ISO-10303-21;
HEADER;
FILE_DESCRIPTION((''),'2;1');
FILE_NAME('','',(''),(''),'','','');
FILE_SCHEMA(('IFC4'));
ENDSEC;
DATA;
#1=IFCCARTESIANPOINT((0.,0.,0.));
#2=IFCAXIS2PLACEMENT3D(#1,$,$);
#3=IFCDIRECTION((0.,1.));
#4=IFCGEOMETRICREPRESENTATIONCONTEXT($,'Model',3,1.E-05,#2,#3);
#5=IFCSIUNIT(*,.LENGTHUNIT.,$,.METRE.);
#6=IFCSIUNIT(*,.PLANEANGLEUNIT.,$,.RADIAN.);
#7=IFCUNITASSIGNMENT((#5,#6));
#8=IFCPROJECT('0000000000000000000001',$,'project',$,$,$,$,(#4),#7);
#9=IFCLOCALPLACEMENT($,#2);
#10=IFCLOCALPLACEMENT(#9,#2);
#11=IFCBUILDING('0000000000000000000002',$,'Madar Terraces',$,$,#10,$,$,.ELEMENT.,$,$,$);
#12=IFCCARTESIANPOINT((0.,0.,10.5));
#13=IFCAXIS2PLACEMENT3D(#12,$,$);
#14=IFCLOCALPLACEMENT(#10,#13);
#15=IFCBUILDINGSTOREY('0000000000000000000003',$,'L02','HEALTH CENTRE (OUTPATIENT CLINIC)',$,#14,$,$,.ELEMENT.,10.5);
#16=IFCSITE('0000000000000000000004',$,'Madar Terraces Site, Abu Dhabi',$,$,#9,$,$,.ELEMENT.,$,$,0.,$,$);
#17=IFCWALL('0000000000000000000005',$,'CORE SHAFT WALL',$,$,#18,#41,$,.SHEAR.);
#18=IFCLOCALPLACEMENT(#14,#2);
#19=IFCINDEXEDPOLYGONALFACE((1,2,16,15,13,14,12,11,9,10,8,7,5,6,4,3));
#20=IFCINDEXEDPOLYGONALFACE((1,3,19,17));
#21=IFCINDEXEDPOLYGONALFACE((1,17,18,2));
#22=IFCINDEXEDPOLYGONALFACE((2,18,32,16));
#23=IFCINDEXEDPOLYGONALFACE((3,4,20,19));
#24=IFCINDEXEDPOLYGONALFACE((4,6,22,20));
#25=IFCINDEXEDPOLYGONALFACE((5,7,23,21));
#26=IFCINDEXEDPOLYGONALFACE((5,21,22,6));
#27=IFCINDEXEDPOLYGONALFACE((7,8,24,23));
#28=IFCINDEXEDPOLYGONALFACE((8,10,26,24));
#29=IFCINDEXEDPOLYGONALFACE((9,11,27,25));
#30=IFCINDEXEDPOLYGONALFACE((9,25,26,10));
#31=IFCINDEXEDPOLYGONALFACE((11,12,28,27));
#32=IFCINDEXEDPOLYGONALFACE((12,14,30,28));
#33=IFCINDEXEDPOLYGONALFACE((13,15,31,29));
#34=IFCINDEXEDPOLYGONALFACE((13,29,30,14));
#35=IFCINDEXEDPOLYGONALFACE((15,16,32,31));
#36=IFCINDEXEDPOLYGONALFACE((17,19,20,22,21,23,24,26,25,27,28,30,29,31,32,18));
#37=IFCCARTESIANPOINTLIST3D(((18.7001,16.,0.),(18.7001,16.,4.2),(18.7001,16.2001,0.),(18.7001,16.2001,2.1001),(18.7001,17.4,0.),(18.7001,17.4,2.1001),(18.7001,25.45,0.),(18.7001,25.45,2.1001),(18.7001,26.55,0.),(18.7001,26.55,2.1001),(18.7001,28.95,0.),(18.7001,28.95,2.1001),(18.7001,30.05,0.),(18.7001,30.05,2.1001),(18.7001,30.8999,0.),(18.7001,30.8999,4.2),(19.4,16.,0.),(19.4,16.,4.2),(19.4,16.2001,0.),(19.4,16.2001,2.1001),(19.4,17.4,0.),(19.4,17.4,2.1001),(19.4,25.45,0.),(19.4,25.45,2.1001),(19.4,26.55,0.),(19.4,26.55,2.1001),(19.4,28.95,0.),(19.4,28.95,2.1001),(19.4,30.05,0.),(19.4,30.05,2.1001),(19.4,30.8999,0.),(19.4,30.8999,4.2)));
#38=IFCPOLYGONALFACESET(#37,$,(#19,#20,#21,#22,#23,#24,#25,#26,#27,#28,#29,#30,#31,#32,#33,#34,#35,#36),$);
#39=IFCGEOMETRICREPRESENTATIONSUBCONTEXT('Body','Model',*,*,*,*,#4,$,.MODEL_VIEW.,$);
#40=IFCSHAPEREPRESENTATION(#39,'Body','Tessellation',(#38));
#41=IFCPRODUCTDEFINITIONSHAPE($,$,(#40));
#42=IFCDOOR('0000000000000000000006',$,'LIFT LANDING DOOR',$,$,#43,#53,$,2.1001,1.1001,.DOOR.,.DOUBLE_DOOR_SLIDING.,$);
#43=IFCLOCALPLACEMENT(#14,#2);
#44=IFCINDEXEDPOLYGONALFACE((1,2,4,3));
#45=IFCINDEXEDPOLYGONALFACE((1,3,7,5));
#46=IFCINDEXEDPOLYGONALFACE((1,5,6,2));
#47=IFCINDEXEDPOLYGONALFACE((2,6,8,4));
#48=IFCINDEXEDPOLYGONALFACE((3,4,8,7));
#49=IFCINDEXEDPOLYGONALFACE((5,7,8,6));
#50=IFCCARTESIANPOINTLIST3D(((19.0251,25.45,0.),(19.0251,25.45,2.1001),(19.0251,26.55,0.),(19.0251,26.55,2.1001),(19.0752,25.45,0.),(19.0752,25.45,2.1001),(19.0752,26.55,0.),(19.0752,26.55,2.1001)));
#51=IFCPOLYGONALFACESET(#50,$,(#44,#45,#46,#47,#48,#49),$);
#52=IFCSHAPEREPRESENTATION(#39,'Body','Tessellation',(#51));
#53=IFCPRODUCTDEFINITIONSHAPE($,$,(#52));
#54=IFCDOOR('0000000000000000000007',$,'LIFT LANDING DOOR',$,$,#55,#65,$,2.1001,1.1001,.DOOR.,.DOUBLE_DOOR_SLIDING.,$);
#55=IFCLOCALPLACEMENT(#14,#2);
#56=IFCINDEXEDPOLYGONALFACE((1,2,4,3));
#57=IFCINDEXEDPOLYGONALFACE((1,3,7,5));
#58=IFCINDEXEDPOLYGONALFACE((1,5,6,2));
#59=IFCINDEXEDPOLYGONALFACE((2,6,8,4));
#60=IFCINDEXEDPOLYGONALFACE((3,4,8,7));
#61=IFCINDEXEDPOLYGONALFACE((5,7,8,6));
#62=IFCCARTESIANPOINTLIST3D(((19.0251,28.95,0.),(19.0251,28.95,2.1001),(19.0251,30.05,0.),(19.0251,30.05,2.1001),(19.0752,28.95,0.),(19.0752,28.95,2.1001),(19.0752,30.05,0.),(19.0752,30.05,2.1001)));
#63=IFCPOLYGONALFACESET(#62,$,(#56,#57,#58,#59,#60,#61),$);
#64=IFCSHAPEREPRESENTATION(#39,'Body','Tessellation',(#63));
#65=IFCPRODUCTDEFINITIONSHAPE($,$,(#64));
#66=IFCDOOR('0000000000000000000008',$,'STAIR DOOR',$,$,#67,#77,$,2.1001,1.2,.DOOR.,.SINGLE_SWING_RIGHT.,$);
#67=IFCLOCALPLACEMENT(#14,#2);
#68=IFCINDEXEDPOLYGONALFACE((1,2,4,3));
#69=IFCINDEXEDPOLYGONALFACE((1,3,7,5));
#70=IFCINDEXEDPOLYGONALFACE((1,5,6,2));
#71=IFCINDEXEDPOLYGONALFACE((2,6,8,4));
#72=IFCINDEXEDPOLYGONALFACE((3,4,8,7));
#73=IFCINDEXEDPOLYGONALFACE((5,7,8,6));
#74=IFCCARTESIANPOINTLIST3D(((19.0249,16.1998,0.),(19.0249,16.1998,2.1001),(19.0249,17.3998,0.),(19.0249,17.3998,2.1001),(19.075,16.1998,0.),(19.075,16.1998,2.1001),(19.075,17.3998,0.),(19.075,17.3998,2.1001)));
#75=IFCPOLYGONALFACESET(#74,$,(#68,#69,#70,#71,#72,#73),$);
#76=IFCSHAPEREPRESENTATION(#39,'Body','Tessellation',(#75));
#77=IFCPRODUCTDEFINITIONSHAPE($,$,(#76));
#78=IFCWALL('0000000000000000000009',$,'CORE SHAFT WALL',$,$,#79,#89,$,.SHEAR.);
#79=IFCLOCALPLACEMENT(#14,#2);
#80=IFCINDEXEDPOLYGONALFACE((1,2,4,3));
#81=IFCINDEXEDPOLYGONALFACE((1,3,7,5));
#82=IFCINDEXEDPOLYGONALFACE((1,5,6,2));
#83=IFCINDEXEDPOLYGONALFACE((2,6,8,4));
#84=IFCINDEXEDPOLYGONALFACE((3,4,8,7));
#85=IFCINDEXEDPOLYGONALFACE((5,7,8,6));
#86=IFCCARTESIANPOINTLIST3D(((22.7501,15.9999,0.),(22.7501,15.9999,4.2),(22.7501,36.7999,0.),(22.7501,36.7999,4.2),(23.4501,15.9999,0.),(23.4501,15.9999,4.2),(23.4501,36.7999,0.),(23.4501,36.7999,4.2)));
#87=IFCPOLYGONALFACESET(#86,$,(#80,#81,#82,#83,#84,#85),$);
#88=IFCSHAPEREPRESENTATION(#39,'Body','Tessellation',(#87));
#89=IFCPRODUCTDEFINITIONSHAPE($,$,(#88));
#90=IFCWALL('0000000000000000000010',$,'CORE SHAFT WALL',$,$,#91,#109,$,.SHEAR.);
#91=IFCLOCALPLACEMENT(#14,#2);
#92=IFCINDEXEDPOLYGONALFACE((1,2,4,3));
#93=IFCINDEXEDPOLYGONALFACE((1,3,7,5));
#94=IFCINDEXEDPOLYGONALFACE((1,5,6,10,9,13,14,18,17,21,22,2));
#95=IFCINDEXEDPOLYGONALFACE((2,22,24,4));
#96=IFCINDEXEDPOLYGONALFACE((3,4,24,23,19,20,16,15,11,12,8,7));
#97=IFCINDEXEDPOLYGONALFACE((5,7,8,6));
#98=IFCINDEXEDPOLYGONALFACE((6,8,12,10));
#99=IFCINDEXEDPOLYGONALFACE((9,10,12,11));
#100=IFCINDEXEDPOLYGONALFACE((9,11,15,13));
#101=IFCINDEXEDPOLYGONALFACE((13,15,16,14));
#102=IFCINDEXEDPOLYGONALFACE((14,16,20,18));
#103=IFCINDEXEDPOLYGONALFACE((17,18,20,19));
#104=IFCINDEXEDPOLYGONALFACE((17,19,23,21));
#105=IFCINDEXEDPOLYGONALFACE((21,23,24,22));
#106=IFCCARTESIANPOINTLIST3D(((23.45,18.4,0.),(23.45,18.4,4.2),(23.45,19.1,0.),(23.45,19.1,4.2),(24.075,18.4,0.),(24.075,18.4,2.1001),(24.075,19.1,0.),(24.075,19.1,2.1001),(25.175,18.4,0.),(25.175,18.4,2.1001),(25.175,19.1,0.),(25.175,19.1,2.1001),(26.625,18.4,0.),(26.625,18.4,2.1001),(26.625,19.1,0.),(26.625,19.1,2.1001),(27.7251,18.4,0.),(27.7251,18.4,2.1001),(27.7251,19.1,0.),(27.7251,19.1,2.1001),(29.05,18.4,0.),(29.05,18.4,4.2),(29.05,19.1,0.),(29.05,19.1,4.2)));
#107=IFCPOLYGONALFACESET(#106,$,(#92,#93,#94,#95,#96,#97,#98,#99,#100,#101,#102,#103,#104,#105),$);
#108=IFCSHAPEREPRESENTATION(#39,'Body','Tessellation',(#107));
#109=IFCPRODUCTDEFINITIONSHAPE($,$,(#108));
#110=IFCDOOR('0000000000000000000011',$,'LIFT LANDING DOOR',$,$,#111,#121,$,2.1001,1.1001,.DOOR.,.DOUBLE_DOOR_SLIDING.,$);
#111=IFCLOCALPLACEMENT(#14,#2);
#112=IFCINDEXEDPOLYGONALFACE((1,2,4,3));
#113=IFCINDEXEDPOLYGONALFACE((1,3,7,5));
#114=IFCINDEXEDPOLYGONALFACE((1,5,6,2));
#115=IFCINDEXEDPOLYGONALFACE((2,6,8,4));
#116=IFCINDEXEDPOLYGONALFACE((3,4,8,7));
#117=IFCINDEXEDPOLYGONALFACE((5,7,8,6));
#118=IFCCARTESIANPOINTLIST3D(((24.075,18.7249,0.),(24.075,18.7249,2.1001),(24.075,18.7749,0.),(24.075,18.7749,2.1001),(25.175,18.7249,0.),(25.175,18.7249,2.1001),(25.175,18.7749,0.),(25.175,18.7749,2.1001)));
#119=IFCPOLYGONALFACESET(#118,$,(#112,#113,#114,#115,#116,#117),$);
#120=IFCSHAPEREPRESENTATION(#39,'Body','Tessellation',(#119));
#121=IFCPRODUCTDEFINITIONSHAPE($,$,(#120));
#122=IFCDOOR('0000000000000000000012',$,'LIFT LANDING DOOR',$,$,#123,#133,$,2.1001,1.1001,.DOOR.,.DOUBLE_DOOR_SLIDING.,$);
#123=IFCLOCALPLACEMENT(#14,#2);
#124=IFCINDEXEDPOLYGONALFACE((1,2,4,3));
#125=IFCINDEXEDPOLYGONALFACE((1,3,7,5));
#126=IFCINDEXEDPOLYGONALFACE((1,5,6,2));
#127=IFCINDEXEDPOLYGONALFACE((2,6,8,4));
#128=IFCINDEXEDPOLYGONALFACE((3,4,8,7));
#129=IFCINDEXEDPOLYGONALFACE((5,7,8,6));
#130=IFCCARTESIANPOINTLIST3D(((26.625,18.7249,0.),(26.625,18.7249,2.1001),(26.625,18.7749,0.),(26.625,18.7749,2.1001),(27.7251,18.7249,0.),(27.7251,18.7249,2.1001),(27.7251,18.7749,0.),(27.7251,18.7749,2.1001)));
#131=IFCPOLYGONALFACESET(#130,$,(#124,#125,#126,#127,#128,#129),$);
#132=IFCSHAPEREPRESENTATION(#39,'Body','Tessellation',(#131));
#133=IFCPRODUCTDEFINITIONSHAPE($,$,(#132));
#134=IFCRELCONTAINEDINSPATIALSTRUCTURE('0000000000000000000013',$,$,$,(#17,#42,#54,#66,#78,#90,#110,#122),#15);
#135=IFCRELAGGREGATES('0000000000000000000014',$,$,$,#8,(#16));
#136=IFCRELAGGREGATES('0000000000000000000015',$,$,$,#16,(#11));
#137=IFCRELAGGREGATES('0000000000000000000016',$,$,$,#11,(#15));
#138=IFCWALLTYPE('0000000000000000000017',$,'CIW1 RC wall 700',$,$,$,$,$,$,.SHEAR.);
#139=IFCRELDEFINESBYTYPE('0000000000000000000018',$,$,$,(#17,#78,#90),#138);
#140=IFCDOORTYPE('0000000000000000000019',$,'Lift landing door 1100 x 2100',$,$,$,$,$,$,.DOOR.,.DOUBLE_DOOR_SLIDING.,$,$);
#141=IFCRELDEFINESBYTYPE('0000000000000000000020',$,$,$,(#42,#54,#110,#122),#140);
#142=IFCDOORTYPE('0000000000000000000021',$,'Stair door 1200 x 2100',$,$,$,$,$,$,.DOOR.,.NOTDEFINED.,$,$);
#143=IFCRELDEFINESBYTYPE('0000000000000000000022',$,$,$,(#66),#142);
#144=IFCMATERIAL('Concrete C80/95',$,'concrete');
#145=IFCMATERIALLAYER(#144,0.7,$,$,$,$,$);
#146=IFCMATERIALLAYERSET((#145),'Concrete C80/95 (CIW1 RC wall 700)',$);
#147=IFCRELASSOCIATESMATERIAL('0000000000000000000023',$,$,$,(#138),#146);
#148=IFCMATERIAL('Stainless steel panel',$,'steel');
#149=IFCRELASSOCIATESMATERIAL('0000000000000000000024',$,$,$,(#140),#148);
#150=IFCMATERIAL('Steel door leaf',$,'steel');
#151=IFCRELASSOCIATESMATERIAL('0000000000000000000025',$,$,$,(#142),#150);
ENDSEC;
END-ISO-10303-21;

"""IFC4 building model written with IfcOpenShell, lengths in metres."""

from ifc_helpers import new_model, si_unit, direction, frame, frame_2d, origin, place, context, subcontext, project, spatial, rectangle, extrude, material, layer, layer_set, type_object, element, fill, save


model = new_model("IFC4")

# Units and contexts
model_context = context("Model", 3, precision=1e-05, world=origin(), true_north=direction((0.0, 1.0)))
body_context = subcontext(model_context, "Body", "Model", "MODEL_VIEW")
ifc_project = project(units=[si_unit("LENGTHUNIT", "METRE"), si_unit("PLANEANGLEUNIT", "RADIAN")], contexts=[model_context])

# Site, building, storey
site_placement = place(None, origin())
site = spatial("IfcSite", under=ifc_project, at=site_placement, Name="Madar Terraces Site, Abu Dhabi", CompositionType="ELEMENT", RefElevation=0.0)
building_placement = place(site_placement, origin())
building = spatial("IfcBuilding", under=site, at=building_placement, Name="Madar Terraces", CompositionType="ELEMENT")
storey_placement = place(building_placement, frame((0.0, 0.0, 10.5)))
storey = spatial("IfcBuildingStorey", under=building, at=storey_placement, Name="L02", Description="HEALTH CENTRE (OUTPATIENT CLINIC)", CompositionType="ELEMENT", Elevation=10.5)

# Wall, openings, doors
ifc_material_1 = material(Name="Concrete C80/95", Category="concrete")
ifc_layer_1 = layer(ifc_material_1, 0.7)
ifc_layer_set_1 = layer_set([ifc_layer_1], Name="Concrete C80/95 (CIW1 RC wall 700)")
wall_type_1 = type_object("IfcWallType", Name="CIW1 RC wall 700", PredefinedType="SHEAR", material=ifc_layer_set_1)
wall_1_placement = place(storey_placement, frame((19.05, 16.0, 0.0), z_axis=(0.0, 0.0, 1.0), x_axis=(0.0, 1.0, 0.0)))
wall_1 = element("IfcWall", 1, at=wall_1_placement, inside=storey, type_object=wall_type_1, Name="CORE SHAFT WALL", PredefinedType="SHEAR", context=body_context, shape_type="SweptSolid", body=[
    extrude(rectangle(XDim=14.8999, YDim=0.7, at=frame_2d((7.45, 0.0))), origin(), (0.0, 0.0, 1.0), 4.2),
])
opening_1_placement = place(wall_1_placement, frame((9.45, 0.0, 0.0)))
opening_1 = element("IfcOpeningElement", 2, at=opening_1_placement, cuts=wall_1, PredefinedType="OPENING", context=body_context, shape_type="SweptSolid", body=[
    extrude(rectangle(XDim=1.1001, YDim=2.1001, at=frame_2d((0.55, 1.05))), frame((0.0, 0.3599, 0.0), z_axis=(0.0, -1.0, 0.0), x_axis=(1.0, 0.0, 0.0)), (0.0, 0.0, 1.0), 0.72),
])
opening_2_placement = place(wall_1_placement, frame((12.95, 0.0, 0.0)))
opening_2 = element("IfcOpeningElement", 3, at=opening_2_placement, cuts=wall_1, PredefinedType="OPENING", context=body_context, shape_type="SweptSolid", body=[
    extrude(rectangle(XDim=1.1001, YDim=2.1001, at=frame_2d((0.55, 1.05))), frame((0.0, 0.3599, 0.0), z_axis=(0.0, -1.0, 0.0), x_axis=(1.0, 0.0, 0.0)), (0.0, 0.0, 1.0), 0.72),
])
opening_3_placement = place(wall_1_placement, frame((0.2, 0.0, 0.0)))
opening_3 = element("IfcOpeningElement", 4, at=opening_3_placement, cuts=wall_1, PredefinedType="OPENING", context=body_context, shape_type="SweptSolid", body=[
    extrude(rectangle(XDim=1.2, YDim=2.1001, at=frame_2d((0.6001, 1.05))), frame((0.0, 0.3599, 0.0), z_axis=(0.0, -1.0, 0.0), x_axis=(1.0, 0.0, 0.0)), (0.0, 0.0, 1.0), 0.72),
])
ifc_material_2 = material(Name="Stainless steel panel", Category="steel")
door_type_1 = type_object("IfcDoorType", Name="Lift landing door 1100 x 2100", OperationType="DOUBLE_DOOR_SLIDING", PredefinedType="DOOR", material=ifc_material_2)
door_1_placement = place(opening_1_placement, origin())
door_1 = element("IfcDoor", 5, at=door_1_placement, inside=storey, type_object=door_type_1, Name="LIFT LANDING DOOR", OperationType="DOUBLE_DOOR_SLIDING", OverallHeight=2.1001, OverallWidth=1.1001, PredefinedType="DOOR", context=body_context, shape_type="SweptSolid", body=[
    extrude(rectangle(XDim=1.1001, YDim=2.1001, at=frame_2d((0.55, 1.05))), frame((0.0, 0.0249, 0.0), z_axis=(0.0, -1.0, 0.0), x_axis=(1.0, 0.0, 0.0)), (0.0, 0.0, 1.0), 0.05),
])
fill(opening_1, door_1)
door_2_placement = place(opening_2_placement, origin())
door_2 = element("IfcDoor", 6, at=door_2_placement, inside=storey, type_object=door_type_1, Name="LIFT LANDING DOOR", OperationType="DOUBLE_DOOR_SLIDING", OverallHeight=2.1001, OverallWidth=1.1001, PredefinedType="DOOR", context=body_context, shape_type="SweptSolid", body=[
    extrude(rectangle(XDim=1.1001, YDim=2.1001, at=frame_2d((0.55, 1.05))), frame((0.0, 0.0249, 0.0), z_axis=(0.0, -1.0, 0.0), x_axis=(1.0, 0.0, 0.0)), (0.0, 0.0, 1.0), 0.05),
])
fill(opening_2, door_2)
ifc_material_3 = material(Name="Steel door leaf", Category="steel")
door_type_2 = type_object("IfcDoorType", Name="Stair door 1200 x 2100", OperationType="NOTDEFINED", PredefinedType="DOOR", material=ifc_material_3)
door_3_placement = place(opening_3_placement, frame((1.2, 0.0, 0.0), z_axis=(0.0, 0.0, 1.0), x_axis=(-1.0, 0.0, 0.0)))
door_3 = element("IfcDoor", 7, at=door_3_placement, inside=storey, type_object=door_type_2, Name="STAIR DOOR", OperationType="SINGLE_SWING_RIGHT", OverallHeight=2.1001, OverallWidth=1.2, PredefinedType="DOOR", context=body_context, shape_type="SweptSolid", body=[
    extrude(rectangle(XDim=1.2, YDim=2.1001, at=frame_2d((0.6001, 1.05))), frame((0.0, 0.0249, 0.0), z_axis=(0.0, -1.0, 0.0), x_axis=(1.0, 0.0, 0.0)), (0.0, 0.0, 1.0), 0.05),
])
fill(opening_3, door_3)

# Wall
wall_2_placement = place(storey_placement, frame((23.1001, 16.0, 0.0), z_axis=(0.0, 0.0, 1.0), x_axis=(0.0, 1.0, 0.0)))
element("IfcWall", 8, at=wall_2_placement, inside=storey, type_object=wall_type_1, Name="CORE SHAFT WALL", PredefinedType="SHEAR", context=body_context, shape_type="SweptSolid", body=[
    extrude(rectangle(XDim=20.8, YDim=0.7, at=frame_2d((10.3999, 0.0))), origin(), (0.0, 0.0, 1.0), 4.2),
])

# Wall, openings, doors
wall_3_placement = place(storey_placement, frame((23.45, 18.75, 0.0), z_axis=(0.0, 0.0, 1.0), x_axis=(1.0, 0.0, 0.0)))
wall_3 = element("IfcWall", 9, at=wall_3_placement, inside=storey, type_object=wall_type_1, Name="CORE SHAFT WALL", PredefinedType="SHEAR", context=body_context, shape_type="SweptSolid", body=[
    extrude(rectangle(XDim=5.6001, YDim=0.7, at=frame_2d((2.8, 0.0))), origin(), (0.0, 0.0, 1.0), 4.2),
])
opening_4_placement = place(wall_3_placement, frame((0.625, 0.0, 0.0)))
opening_4 = element("IfcOpeningElement", 10, at=opening_4_placement, cuts=wall_3, PredefinedType="OPENING", context=body_context, shape_type="SweptSolid", body=[
    extrude(rectangle(XDim=1.1001, YDim=2.1001, at=frame_2d((0.55, 1.05))), frame((0.0, 0.3599, 0.0), z_axis=(0.0, -1.0, 0.0), x_axis=(1.0, 0.0, 0.0)), (0.0, 0.0, 1.0), 0.72),
])
opening_5_placement = place(wall_3_placement, frame((3.175, 0.0, 0.0)))
opening_5 = element("IfcOpeningElement", 11, at=opening_5_placement, cuts=wall_3, PredefinedType="OPENING", context=body_context, shape_type="SweptSolid", body=[
    extrude(rectangle(XDim=1.1001, YDim=2.1001, at=frame_2d((0.55, 1.05))), frame((0.0, 0.3599, 0.0), z_axis=(0.0, -1.0, 0.0), x_axis=(1.0, 0.0, 0.0)), (0.0, 0.0, 1.0), 0.72),
])
door_4_placement = place(opening_4_placement, origin())
door_4 = element("IfcDoor", 12, at=door_4_placement, inside=storey, type_object=door_type_1, Name="LIFT LANDING DOOR", OperationType="DOUBLE_DOOR_SLIDING", OverallHeight=2.1001, OverallWidth=1.1001, PredefinedType="DOOR", context=body_context, shape_type="SweptSolid", body=[
    extrude(rectangle(XDim=1.1001, YDim=2.1001, at=frame_2d((0.55, 1.05))), frame((0.0, 0.0249, 0.0), z_axis=(0.0, -1.0, 0.0), x_axis=(1.0, 0.0, 0.0)), (0.0, 0.0, 1.0), 0.05),
])
fill(opening_4, door_4)
door_5_placement = place(opening_5_placement, origin())
door_5 = element("IfcDoor", 13, at=door_5_placement, inside=storey, type_object=door_type_1, Name="LIFT LANDING DOOR", OperationType="DOUBLE_DOOR_SLIDING", OverallHeight=2.1001, OverallWidth=1.1001, PredefinedType="DOOR", context=body_context, shape_type="SweptSolid", body=[
    extrude(rectangle(XDim=1.1001, YDim=2.1001, at=frame_2d((0.55, 1.05))), frame((0.0, 0.0249, 0.0), z_axis=(0.0, -1.0, 0.0), x_axis=(1.0, 0.0, 0.0)), (0.0, 0.0, 1.0), 0.05),
])
fill(opening_5, door_5)

save(model, "model.ifc")
